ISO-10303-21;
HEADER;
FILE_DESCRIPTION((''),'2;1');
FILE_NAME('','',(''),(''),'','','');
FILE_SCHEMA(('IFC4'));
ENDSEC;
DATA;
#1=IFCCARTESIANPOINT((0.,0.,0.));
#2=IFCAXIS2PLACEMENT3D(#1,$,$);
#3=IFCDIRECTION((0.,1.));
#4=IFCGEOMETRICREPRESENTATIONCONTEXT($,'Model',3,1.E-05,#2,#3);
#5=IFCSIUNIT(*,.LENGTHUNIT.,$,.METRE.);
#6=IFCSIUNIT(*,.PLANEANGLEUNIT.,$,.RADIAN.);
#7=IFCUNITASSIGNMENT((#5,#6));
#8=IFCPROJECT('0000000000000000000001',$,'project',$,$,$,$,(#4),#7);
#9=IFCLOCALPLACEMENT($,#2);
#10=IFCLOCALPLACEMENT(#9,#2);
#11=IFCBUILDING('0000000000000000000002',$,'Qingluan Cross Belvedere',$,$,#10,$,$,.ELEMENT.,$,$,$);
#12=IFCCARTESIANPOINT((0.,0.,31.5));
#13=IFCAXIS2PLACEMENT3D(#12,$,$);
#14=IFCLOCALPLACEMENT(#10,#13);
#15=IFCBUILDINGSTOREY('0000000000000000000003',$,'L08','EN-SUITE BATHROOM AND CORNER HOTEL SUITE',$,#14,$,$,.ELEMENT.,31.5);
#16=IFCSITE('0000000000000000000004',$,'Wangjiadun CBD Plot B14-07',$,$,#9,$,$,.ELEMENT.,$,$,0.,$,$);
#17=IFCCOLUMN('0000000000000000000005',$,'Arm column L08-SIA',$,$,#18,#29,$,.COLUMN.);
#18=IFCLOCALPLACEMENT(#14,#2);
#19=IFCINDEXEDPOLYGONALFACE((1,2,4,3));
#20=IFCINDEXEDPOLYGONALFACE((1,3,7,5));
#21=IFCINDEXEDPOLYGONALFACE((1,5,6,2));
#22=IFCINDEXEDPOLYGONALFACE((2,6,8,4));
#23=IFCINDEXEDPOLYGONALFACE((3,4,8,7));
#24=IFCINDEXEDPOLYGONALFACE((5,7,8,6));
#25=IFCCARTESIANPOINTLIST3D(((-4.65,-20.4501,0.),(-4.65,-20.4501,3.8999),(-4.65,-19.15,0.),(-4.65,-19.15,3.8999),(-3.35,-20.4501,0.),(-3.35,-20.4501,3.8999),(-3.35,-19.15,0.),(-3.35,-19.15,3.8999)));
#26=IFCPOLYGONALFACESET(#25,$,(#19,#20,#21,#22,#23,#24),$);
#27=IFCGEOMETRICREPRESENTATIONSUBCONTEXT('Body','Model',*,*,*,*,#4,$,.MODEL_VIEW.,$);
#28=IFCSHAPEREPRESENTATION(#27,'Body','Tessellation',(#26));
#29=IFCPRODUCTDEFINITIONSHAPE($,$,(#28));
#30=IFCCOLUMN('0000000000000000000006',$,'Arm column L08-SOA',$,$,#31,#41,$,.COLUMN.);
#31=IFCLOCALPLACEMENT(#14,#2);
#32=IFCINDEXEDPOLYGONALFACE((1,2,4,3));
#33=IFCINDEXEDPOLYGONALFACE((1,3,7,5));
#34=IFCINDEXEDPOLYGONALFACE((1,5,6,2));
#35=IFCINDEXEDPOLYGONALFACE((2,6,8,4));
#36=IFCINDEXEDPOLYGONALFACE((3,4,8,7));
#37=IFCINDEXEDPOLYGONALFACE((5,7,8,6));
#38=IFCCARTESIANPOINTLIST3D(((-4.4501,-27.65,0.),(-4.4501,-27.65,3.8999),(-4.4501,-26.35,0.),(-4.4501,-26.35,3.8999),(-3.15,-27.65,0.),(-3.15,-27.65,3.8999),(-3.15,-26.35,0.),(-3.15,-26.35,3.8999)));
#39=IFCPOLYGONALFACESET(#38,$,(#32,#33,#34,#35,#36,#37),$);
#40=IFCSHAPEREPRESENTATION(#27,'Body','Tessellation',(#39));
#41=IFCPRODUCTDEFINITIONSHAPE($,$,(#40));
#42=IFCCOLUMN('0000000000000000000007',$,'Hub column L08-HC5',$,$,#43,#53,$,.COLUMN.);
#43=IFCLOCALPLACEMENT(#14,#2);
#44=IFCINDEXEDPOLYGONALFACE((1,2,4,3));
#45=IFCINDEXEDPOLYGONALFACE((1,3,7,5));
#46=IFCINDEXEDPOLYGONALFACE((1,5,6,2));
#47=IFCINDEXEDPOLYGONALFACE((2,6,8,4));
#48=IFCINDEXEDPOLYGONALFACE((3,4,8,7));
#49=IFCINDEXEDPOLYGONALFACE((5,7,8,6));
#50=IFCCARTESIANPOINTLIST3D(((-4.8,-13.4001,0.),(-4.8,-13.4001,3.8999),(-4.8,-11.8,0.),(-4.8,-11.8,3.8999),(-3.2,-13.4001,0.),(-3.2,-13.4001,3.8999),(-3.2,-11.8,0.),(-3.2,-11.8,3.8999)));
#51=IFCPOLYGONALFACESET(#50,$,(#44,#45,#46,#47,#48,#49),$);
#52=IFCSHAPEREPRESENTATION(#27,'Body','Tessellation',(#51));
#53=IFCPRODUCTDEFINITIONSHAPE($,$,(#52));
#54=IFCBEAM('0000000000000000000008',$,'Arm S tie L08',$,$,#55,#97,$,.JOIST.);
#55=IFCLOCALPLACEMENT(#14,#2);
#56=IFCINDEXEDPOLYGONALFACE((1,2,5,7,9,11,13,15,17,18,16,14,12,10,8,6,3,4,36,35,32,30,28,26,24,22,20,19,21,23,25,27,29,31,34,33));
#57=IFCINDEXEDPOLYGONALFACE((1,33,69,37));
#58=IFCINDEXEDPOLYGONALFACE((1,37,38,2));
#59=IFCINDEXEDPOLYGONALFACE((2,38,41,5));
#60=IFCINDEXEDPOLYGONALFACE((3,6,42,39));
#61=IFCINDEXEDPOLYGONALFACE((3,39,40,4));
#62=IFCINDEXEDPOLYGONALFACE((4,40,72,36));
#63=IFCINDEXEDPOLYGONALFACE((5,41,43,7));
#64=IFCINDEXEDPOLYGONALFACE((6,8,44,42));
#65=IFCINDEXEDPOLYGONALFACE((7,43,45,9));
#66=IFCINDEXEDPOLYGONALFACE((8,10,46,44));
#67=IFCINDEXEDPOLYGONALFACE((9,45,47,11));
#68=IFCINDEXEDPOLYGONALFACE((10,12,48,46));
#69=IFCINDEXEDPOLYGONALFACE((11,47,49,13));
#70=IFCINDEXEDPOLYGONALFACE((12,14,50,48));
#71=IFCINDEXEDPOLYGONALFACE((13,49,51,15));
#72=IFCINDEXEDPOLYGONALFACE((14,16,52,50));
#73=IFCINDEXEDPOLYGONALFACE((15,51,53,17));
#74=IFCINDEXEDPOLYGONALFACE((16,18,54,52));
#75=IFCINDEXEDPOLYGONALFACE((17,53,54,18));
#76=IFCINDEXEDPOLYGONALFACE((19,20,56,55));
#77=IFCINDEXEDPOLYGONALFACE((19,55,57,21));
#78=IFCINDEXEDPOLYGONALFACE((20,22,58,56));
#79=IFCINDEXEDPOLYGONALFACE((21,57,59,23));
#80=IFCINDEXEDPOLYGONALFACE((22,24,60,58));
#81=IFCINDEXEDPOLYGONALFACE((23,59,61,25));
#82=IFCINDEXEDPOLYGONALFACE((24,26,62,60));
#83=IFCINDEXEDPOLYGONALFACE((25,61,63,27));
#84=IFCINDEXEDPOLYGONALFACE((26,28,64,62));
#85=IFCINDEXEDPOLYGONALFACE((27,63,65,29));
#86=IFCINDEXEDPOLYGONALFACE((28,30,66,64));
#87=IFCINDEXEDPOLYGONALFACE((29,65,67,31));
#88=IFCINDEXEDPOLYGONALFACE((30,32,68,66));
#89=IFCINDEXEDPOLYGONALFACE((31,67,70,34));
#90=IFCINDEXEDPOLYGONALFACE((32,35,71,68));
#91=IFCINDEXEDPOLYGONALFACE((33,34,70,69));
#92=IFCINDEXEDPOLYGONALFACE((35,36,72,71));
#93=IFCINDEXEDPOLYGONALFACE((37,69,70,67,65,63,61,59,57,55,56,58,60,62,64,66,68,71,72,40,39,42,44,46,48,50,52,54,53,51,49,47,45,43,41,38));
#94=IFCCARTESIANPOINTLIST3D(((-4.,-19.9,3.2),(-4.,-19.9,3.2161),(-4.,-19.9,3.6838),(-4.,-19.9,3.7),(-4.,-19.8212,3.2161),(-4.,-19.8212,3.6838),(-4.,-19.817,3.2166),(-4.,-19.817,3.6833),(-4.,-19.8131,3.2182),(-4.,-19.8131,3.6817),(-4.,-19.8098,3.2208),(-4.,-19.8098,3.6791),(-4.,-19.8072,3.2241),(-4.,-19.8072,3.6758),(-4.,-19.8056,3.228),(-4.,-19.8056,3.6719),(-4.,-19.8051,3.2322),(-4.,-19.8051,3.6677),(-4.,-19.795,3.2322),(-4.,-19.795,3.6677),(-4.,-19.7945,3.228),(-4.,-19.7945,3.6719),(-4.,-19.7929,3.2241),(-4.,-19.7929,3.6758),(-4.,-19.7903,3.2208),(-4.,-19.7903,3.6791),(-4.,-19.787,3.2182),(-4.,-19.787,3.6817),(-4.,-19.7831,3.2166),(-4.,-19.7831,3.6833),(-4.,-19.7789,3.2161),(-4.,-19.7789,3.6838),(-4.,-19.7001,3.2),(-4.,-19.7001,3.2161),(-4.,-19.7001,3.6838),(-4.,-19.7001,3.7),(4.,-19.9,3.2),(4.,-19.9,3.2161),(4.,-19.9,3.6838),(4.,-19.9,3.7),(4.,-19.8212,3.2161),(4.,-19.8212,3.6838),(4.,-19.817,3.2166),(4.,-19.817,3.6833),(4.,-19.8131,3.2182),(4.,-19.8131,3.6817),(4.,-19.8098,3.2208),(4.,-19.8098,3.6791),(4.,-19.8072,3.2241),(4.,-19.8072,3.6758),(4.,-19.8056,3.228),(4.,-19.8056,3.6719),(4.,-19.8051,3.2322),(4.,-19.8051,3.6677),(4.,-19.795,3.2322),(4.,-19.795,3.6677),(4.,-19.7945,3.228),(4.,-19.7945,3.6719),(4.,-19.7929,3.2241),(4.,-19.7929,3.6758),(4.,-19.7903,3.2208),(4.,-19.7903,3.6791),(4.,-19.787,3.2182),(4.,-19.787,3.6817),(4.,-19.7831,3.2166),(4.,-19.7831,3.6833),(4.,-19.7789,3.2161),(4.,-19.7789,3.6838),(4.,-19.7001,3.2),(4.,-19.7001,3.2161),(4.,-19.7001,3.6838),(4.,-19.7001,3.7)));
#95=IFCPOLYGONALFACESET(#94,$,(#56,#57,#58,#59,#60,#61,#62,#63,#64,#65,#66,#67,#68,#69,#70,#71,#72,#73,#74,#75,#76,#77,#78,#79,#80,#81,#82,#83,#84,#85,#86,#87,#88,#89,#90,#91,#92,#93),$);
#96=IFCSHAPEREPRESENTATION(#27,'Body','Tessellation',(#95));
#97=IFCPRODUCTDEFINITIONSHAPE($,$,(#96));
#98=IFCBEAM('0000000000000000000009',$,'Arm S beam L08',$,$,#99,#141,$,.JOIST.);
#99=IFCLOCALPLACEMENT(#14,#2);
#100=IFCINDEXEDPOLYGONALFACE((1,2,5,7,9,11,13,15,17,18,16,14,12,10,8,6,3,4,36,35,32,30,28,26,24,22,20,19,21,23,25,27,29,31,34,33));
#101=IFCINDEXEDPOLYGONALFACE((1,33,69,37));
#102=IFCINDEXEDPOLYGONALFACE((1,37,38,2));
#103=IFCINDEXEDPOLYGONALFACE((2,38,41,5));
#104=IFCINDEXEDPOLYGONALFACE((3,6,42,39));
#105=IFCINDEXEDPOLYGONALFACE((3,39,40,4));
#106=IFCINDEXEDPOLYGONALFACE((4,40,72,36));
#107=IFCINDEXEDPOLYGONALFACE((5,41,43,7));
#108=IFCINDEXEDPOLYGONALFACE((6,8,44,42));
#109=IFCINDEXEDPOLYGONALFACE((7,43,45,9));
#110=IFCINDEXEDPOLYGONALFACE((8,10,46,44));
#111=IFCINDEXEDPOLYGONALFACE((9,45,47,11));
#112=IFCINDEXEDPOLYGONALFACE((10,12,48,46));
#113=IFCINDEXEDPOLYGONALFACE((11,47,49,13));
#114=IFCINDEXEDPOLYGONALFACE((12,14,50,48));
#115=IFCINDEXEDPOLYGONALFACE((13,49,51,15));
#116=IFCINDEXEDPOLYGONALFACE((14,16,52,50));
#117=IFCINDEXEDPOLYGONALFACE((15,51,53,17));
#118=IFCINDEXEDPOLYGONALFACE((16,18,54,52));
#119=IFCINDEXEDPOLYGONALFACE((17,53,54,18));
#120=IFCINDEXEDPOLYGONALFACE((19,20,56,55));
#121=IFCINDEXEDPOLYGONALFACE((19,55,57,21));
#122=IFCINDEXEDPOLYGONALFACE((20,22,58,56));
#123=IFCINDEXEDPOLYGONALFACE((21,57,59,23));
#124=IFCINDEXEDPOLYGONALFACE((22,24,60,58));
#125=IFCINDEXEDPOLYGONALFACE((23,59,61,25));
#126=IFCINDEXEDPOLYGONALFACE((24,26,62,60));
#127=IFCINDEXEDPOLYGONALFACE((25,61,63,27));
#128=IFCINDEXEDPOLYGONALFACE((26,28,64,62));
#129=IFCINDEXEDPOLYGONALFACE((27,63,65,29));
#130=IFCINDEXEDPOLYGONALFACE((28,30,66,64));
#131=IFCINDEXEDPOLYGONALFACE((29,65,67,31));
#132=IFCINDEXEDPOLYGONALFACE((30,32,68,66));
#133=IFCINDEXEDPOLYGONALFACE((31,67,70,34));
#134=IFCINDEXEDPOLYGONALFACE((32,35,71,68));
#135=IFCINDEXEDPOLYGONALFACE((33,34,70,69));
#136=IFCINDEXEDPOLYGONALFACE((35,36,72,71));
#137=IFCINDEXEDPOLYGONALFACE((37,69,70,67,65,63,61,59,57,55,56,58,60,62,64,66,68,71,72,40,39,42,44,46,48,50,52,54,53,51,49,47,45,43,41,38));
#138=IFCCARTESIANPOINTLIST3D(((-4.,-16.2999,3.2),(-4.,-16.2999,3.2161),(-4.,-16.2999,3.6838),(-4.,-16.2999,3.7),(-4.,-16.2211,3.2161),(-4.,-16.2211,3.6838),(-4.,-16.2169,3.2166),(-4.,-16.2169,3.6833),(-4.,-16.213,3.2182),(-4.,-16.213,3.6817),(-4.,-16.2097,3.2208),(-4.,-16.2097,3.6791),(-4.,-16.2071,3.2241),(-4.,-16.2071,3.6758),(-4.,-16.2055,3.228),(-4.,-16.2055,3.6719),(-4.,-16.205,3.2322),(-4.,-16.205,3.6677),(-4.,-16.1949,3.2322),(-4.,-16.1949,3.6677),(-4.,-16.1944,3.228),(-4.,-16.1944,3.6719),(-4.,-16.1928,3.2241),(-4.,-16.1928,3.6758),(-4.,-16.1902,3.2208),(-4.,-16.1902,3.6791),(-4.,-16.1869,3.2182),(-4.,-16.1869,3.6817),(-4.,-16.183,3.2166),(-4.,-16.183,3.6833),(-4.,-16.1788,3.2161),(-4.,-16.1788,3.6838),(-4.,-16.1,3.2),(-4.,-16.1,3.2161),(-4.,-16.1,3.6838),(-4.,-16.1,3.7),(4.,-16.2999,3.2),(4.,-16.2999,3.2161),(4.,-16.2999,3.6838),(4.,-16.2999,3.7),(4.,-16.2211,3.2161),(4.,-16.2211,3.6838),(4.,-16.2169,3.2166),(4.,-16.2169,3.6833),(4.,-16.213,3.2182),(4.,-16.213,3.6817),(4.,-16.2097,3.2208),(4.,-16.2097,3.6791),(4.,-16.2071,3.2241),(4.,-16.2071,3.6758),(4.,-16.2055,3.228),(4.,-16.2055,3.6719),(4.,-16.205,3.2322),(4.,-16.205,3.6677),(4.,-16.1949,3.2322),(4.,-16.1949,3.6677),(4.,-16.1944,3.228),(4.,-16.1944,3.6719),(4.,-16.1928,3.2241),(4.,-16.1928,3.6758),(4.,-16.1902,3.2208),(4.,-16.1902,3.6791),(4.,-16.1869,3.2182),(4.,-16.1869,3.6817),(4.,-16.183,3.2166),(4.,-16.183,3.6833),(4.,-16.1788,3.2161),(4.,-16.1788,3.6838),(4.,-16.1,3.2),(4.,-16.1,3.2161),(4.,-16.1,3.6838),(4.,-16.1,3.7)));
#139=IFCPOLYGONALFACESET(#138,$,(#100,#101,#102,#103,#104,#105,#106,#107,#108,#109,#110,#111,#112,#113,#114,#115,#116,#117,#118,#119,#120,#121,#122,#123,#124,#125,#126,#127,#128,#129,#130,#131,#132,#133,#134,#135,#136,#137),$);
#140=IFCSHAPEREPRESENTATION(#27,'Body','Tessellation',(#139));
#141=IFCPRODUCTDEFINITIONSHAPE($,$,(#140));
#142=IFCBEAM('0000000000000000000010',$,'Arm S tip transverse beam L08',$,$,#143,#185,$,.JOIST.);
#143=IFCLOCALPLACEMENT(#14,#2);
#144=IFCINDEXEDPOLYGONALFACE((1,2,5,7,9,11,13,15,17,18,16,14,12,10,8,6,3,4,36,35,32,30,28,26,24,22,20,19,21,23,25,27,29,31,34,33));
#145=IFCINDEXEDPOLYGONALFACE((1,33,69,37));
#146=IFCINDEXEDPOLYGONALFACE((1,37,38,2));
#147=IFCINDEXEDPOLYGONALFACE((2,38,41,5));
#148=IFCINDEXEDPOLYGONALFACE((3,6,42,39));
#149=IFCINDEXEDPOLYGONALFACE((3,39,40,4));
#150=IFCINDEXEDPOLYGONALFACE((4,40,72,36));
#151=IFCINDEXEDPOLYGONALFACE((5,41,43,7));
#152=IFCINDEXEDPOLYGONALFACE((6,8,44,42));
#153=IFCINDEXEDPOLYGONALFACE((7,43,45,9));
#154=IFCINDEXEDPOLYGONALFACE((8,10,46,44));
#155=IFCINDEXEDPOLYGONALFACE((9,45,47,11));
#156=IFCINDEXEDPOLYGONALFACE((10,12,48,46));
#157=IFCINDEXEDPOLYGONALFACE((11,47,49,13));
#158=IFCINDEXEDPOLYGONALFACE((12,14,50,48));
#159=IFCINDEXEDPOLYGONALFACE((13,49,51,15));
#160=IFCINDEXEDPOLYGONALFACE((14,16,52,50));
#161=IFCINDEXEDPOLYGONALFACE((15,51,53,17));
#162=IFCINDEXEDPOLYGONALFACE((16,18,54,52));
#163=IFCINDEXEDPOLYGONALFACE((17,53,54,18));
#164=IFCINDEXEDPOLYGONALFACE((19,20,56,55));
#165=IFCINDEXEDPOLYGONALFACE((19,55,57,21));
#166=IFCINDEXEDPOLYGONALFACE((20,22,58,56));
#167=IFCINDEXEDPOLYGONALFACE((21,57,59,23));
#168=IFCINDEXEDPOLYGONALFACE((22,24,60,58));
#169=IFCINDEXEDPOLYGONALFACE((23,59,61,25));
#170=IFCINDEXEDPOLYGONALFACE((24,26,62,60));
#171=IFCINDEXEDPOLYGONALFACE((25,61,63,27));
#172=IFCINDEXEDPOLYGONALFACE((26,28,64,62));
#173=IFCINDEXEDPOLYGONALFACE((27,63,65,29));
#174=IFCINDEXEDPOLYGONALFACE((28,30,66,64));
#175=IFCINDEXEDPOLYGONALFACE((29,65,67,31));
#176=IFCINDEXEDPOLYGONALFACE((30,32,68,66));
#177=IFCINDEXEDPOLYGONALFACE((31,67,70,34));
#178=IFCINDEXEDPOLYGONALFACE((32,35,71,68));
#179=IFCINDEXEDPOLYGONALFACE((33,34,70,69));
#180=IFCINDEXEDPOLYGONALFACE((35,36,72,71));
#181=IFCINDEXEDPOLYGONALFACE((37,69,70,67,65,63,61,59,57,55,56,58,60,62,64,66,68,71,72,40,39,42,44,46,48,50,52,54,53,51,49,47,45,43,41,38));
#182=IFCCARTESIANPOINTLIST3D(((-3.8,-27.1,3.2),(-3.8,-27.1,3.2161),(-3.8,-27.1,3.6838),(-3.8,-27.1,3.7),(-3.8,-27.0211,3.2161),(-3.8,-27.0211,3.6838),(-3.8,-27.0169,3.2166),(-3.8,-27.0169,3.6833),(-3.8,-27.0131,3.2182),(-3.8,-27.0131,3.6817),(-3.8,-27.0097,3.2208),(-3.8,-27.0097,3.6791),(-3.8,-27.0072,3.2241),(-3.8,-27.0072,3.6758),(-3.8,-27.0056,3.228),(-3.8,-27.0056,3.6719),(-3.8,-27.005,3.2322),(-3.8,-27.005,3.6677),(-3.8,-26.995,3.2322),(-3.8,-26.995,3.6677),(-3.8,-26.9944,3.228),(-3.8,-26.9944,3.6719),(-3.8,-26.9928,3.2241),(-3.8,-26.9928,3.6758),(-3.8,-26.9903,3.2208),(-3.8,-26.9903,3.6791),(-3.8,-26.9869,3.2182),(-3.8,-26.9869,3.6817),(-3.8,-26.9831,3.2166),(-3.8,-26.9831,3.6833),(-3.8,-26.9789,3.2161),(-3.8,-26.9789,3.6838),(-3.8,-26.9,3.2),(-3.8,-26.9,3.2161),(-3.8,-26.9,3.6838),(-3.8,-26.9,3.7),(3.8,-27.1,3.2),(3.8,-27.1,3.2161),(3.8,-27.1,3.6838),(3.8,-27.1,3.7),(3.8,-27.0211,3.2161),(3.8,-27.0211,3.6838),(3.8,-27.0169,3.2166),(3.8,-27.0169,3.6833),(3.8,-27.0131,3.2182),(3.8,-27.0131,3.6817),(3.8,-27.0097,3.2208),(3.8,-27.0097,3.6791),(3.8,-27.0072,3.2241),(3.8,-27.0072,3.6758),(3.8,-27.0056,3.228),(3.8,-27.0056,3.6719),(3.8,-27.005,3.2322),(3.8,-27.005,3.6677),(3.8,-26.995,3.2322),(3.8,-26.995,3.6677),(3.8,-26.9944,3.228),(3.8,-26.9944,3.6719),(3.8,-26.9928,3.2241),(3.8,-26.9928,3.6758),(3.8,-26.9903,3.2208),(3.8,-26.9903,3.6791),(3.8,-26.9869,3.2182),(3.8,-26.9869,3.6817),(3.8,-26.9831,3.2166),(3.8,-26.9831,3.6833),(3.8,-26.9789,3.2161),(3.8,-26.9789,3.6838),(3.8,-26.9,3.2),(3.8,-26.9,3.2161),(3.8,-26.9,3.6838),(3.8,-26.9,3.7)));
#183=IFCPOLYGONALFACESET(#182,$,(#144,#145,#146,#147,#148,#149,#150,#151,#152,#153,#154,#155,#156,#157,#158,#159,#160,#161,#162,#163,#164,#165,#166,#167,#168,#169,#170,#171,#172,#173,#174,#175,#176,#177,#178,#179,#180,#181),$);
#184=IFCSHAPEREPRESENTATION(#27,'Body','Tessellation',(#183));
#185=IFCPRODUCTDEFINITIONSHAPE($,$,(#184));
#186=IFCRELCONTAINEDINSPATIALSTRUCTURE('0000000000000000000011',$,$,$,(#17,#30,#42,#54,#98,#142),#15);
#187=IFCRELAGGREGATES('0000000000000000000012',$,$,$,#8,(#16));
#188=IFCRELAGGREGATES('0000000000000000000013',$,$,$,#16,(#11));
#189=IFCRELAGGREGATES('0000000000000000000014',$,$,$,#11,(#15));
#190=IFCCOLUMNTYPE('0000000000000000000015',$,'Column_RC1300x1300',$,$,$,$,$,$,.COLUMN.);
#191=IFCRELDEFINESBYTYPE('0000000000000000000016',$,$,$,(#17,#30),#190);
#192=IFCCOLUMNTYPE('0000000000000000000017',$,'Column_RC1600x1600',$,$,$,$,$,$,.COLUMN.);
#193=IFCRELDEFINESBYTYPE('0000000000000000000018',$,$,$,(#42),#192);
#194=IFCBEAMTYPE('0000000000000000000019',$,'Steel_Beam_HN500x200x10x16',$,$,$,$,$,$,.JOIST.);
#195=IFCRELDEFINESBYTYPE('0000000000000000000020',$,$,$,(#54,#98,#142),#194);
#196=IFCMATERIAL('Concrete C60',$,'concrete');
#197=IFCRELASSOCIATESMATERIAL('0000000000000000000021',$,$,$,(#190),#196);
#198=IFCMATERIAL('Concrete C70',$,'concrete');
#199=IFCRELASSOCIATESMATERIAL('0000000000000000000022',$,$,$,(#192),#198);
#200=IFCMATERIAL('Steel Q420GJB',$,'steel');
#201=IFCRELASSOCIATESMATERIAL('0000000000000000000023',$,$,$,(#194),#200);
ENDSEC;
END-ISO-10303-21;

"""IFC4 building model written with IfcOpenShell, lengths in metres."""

from ifc_helpers import new_model, si_unit, direction, frame, origin, origin_2d, place, context, subcontext, project, spatial, rectangle, i_section, extrude, material, material_profile, profile_set, type_object, element, save


model = new_model("IFC4")

# Units and contexts
model_context = context("Model", 3, precision=1e-05, world=origin(), true_north=direction((0.0, 1.0)))
body_context = subcontext(model_context, "Body", "Model", "MODEL_VIEW")
ifc_project = project(units=[si_unit("LENGTHUNIT", "METRE"), si_unit("PLANEANGLEUNIT", "RADIAN")], contexts=[model_context])

# Site, building, storey
site_placement = place(None, origin())
site = spatial("IfcSite", under=ifc_project, at=site_placement, Name="Wangjiadun CBD Plot B14-07", CompositionType="ELEMENT", RefElevation=0.0)
building_placement = place(site_placement, origin())
building = spatial("IfcBuilding", under=site, at=building_placement, Name="Qingluan Cross Belvedere", CompositionType="ELEMENT")
storey_placement = place(building_placement, frame((0.0, 0.0, 31.5)))
storey = spatial("IfcBuildingStorey", under=building, at=storey_placement, Name="L08", Description="EN-SUITE BATHROOM AND CORNER HOTEL SUITE", CompositionType="ELEMENT", Elevation=31.5)

# Columns
ifc_material_1 = material(Name="Concrete C60", Category="concrete")
ifc_material_profile_1 = material_profile(ifc_material_1, rectangle(XDim=1.3, YDim=1.3, at=origin_2d()), Name="RC1300x1300")
ifc_profile_set_1 = profile_set([ifc_material_profile_1], Name="Concrete C60")
column_type_1 = type_object("IfcColumnType", Name="Column_RC1300x1300", PredefinedType="COLUMN", material=ifc_profile_set_1)
for number, where, z_axis, x_axis, name in (
    (1, (-4.0, -19.8, 0.0), (0.0, 0.0, 1.0), (1.0, 0.0, 0.0), "Arm column L08-SIA"),
    (2, (-3.8, -27.0, 0.0), (0.0, 0.0, 1.0), (1.0, 0.0, 0.0), "Arm column L08-SOA"),
):
    element("IfcColumn", number, at=place(storey_placement, frame(where, z_axis=z_axis, x_axis=x_axis)), inside=storey, type_object=column_type_1, Name=name, PredefinedType="COLUMN", context=body_context, shape_type="SweptSolid", body=[
        extrude(rectangle(XDim=1.3, YDim=1.3, at=origin_2d()), origin(), (0.0, 0.0, 1.0), 3.8999),
    ])
ifc_material_2 = material(Name="Concrete C70", Category="concrete")
ifc_material_profile_2 = material_profile(ifc_material_2, rectangle(XDim=1.6001, YDim=1.6001, at=origin_2d()), Name="RC1600x1600")
ifc_profile_set_2 = profile_set([ifc_material_profile_2], Name="Concrete C70")
column_type_2 = type_object("IfcColumnType", Name="Column_RC1600x1600", PredefinedType="COLUMN", material=ifc_profile_set_2)
column_placement = place(storey_placement, frame((-4.0, -12.6001, 0.0), z_axis=(0.0, 0.0, 1.0), x_axis=(1.0, 0.0, 0.0)))
element("IfcColumn", 3, at=column_placement, inside=storey, type_object=column_type_2, Name="Hub column L08-HC5", PredefinedType="COLUMN", context=body_context, shape_type="SweptSolid", body=[
    extrude(rectangle(XDim=1.6001, YDim=1.6001, at=origin_2d()), origin(), (0.0, 0.0, 1.0), 3.8999),
])

# Beams
ifc_material_3 = material(Name="Steel Q420GJB", Category="steel")
ifc_material_profile_3 = material_profile(ifc_material_3, i_section(OverallWidth=0.2, OverallDepth=0.5, WebThickness=0.01, FlangeThickness=0.0161, FilletRadius=0.0161, at=origin_2d()), Name="HN500x200x10x16")
ifc_profile_set_3 = profile_set([ifc_material_profile_3], Name="Steel Q420GJB")
beam_type_1 = type_object("IfcBeamType", Name="Steel_Beam_HN500x200x10x16", PredefinedType="JOIST", material=ifc_profile_set_3)
for number, where, z_axis, x_axis, name in (
    (4, (-4.0, -19.8, 3.45), (1.0, 0.0, 0.0), (0.0, 1.0, 0.0), "Arm S tie L08"),
    (5, (-4.0, -16.2, 3.45), (1.0, 0.0, 0.0), (0.0, 1.0, 0.0), "Arm S beam L08"),
):
    element("IfcBeam", number, at=place(storey_placement, frame(where, z_axis=z_axis, x_axis=x_axis)), inside=storey, type_object=beam_type_1, Name=name, PredefinedType="JOIST", context=body_context, shape_type="SweptSolid", body=[
        extrude(i_section(OverallWidth=0.2, OverallDepth=0.5, WebThickness=0.01, FlangeThickness=0.0161, FilletRadius=0.0161, at=origin_2d()), origin(), (0.0, 0.0, 1.0), 8.0),
    ])
beam_1_placement = place(storey_placement, frame((-3.8, -27.0, 3.45), z_axis=(1.0, 0.0, 0.0), x_axis=(0.0, 1.0, 0.0)))
element("IfcBeam", 6, at=beam_1_placement, inside=storey, type_object=beam_type_1, Name="Arm S tip transverse beam L08", PredefinedType="JOIST", context=body_context, shape_type="SweptSolid", body=[
    extrude(i_section(OverallWidth=0.2, OverallDepth=0.5, WebThickness=0.01, FlangeThickness=0.0161, FilletRadius=0.0161, at=origin_2d()), origin(), (0.0, 0.0, 1.0), 7.6001),
])

save(model, "model.ifc")
